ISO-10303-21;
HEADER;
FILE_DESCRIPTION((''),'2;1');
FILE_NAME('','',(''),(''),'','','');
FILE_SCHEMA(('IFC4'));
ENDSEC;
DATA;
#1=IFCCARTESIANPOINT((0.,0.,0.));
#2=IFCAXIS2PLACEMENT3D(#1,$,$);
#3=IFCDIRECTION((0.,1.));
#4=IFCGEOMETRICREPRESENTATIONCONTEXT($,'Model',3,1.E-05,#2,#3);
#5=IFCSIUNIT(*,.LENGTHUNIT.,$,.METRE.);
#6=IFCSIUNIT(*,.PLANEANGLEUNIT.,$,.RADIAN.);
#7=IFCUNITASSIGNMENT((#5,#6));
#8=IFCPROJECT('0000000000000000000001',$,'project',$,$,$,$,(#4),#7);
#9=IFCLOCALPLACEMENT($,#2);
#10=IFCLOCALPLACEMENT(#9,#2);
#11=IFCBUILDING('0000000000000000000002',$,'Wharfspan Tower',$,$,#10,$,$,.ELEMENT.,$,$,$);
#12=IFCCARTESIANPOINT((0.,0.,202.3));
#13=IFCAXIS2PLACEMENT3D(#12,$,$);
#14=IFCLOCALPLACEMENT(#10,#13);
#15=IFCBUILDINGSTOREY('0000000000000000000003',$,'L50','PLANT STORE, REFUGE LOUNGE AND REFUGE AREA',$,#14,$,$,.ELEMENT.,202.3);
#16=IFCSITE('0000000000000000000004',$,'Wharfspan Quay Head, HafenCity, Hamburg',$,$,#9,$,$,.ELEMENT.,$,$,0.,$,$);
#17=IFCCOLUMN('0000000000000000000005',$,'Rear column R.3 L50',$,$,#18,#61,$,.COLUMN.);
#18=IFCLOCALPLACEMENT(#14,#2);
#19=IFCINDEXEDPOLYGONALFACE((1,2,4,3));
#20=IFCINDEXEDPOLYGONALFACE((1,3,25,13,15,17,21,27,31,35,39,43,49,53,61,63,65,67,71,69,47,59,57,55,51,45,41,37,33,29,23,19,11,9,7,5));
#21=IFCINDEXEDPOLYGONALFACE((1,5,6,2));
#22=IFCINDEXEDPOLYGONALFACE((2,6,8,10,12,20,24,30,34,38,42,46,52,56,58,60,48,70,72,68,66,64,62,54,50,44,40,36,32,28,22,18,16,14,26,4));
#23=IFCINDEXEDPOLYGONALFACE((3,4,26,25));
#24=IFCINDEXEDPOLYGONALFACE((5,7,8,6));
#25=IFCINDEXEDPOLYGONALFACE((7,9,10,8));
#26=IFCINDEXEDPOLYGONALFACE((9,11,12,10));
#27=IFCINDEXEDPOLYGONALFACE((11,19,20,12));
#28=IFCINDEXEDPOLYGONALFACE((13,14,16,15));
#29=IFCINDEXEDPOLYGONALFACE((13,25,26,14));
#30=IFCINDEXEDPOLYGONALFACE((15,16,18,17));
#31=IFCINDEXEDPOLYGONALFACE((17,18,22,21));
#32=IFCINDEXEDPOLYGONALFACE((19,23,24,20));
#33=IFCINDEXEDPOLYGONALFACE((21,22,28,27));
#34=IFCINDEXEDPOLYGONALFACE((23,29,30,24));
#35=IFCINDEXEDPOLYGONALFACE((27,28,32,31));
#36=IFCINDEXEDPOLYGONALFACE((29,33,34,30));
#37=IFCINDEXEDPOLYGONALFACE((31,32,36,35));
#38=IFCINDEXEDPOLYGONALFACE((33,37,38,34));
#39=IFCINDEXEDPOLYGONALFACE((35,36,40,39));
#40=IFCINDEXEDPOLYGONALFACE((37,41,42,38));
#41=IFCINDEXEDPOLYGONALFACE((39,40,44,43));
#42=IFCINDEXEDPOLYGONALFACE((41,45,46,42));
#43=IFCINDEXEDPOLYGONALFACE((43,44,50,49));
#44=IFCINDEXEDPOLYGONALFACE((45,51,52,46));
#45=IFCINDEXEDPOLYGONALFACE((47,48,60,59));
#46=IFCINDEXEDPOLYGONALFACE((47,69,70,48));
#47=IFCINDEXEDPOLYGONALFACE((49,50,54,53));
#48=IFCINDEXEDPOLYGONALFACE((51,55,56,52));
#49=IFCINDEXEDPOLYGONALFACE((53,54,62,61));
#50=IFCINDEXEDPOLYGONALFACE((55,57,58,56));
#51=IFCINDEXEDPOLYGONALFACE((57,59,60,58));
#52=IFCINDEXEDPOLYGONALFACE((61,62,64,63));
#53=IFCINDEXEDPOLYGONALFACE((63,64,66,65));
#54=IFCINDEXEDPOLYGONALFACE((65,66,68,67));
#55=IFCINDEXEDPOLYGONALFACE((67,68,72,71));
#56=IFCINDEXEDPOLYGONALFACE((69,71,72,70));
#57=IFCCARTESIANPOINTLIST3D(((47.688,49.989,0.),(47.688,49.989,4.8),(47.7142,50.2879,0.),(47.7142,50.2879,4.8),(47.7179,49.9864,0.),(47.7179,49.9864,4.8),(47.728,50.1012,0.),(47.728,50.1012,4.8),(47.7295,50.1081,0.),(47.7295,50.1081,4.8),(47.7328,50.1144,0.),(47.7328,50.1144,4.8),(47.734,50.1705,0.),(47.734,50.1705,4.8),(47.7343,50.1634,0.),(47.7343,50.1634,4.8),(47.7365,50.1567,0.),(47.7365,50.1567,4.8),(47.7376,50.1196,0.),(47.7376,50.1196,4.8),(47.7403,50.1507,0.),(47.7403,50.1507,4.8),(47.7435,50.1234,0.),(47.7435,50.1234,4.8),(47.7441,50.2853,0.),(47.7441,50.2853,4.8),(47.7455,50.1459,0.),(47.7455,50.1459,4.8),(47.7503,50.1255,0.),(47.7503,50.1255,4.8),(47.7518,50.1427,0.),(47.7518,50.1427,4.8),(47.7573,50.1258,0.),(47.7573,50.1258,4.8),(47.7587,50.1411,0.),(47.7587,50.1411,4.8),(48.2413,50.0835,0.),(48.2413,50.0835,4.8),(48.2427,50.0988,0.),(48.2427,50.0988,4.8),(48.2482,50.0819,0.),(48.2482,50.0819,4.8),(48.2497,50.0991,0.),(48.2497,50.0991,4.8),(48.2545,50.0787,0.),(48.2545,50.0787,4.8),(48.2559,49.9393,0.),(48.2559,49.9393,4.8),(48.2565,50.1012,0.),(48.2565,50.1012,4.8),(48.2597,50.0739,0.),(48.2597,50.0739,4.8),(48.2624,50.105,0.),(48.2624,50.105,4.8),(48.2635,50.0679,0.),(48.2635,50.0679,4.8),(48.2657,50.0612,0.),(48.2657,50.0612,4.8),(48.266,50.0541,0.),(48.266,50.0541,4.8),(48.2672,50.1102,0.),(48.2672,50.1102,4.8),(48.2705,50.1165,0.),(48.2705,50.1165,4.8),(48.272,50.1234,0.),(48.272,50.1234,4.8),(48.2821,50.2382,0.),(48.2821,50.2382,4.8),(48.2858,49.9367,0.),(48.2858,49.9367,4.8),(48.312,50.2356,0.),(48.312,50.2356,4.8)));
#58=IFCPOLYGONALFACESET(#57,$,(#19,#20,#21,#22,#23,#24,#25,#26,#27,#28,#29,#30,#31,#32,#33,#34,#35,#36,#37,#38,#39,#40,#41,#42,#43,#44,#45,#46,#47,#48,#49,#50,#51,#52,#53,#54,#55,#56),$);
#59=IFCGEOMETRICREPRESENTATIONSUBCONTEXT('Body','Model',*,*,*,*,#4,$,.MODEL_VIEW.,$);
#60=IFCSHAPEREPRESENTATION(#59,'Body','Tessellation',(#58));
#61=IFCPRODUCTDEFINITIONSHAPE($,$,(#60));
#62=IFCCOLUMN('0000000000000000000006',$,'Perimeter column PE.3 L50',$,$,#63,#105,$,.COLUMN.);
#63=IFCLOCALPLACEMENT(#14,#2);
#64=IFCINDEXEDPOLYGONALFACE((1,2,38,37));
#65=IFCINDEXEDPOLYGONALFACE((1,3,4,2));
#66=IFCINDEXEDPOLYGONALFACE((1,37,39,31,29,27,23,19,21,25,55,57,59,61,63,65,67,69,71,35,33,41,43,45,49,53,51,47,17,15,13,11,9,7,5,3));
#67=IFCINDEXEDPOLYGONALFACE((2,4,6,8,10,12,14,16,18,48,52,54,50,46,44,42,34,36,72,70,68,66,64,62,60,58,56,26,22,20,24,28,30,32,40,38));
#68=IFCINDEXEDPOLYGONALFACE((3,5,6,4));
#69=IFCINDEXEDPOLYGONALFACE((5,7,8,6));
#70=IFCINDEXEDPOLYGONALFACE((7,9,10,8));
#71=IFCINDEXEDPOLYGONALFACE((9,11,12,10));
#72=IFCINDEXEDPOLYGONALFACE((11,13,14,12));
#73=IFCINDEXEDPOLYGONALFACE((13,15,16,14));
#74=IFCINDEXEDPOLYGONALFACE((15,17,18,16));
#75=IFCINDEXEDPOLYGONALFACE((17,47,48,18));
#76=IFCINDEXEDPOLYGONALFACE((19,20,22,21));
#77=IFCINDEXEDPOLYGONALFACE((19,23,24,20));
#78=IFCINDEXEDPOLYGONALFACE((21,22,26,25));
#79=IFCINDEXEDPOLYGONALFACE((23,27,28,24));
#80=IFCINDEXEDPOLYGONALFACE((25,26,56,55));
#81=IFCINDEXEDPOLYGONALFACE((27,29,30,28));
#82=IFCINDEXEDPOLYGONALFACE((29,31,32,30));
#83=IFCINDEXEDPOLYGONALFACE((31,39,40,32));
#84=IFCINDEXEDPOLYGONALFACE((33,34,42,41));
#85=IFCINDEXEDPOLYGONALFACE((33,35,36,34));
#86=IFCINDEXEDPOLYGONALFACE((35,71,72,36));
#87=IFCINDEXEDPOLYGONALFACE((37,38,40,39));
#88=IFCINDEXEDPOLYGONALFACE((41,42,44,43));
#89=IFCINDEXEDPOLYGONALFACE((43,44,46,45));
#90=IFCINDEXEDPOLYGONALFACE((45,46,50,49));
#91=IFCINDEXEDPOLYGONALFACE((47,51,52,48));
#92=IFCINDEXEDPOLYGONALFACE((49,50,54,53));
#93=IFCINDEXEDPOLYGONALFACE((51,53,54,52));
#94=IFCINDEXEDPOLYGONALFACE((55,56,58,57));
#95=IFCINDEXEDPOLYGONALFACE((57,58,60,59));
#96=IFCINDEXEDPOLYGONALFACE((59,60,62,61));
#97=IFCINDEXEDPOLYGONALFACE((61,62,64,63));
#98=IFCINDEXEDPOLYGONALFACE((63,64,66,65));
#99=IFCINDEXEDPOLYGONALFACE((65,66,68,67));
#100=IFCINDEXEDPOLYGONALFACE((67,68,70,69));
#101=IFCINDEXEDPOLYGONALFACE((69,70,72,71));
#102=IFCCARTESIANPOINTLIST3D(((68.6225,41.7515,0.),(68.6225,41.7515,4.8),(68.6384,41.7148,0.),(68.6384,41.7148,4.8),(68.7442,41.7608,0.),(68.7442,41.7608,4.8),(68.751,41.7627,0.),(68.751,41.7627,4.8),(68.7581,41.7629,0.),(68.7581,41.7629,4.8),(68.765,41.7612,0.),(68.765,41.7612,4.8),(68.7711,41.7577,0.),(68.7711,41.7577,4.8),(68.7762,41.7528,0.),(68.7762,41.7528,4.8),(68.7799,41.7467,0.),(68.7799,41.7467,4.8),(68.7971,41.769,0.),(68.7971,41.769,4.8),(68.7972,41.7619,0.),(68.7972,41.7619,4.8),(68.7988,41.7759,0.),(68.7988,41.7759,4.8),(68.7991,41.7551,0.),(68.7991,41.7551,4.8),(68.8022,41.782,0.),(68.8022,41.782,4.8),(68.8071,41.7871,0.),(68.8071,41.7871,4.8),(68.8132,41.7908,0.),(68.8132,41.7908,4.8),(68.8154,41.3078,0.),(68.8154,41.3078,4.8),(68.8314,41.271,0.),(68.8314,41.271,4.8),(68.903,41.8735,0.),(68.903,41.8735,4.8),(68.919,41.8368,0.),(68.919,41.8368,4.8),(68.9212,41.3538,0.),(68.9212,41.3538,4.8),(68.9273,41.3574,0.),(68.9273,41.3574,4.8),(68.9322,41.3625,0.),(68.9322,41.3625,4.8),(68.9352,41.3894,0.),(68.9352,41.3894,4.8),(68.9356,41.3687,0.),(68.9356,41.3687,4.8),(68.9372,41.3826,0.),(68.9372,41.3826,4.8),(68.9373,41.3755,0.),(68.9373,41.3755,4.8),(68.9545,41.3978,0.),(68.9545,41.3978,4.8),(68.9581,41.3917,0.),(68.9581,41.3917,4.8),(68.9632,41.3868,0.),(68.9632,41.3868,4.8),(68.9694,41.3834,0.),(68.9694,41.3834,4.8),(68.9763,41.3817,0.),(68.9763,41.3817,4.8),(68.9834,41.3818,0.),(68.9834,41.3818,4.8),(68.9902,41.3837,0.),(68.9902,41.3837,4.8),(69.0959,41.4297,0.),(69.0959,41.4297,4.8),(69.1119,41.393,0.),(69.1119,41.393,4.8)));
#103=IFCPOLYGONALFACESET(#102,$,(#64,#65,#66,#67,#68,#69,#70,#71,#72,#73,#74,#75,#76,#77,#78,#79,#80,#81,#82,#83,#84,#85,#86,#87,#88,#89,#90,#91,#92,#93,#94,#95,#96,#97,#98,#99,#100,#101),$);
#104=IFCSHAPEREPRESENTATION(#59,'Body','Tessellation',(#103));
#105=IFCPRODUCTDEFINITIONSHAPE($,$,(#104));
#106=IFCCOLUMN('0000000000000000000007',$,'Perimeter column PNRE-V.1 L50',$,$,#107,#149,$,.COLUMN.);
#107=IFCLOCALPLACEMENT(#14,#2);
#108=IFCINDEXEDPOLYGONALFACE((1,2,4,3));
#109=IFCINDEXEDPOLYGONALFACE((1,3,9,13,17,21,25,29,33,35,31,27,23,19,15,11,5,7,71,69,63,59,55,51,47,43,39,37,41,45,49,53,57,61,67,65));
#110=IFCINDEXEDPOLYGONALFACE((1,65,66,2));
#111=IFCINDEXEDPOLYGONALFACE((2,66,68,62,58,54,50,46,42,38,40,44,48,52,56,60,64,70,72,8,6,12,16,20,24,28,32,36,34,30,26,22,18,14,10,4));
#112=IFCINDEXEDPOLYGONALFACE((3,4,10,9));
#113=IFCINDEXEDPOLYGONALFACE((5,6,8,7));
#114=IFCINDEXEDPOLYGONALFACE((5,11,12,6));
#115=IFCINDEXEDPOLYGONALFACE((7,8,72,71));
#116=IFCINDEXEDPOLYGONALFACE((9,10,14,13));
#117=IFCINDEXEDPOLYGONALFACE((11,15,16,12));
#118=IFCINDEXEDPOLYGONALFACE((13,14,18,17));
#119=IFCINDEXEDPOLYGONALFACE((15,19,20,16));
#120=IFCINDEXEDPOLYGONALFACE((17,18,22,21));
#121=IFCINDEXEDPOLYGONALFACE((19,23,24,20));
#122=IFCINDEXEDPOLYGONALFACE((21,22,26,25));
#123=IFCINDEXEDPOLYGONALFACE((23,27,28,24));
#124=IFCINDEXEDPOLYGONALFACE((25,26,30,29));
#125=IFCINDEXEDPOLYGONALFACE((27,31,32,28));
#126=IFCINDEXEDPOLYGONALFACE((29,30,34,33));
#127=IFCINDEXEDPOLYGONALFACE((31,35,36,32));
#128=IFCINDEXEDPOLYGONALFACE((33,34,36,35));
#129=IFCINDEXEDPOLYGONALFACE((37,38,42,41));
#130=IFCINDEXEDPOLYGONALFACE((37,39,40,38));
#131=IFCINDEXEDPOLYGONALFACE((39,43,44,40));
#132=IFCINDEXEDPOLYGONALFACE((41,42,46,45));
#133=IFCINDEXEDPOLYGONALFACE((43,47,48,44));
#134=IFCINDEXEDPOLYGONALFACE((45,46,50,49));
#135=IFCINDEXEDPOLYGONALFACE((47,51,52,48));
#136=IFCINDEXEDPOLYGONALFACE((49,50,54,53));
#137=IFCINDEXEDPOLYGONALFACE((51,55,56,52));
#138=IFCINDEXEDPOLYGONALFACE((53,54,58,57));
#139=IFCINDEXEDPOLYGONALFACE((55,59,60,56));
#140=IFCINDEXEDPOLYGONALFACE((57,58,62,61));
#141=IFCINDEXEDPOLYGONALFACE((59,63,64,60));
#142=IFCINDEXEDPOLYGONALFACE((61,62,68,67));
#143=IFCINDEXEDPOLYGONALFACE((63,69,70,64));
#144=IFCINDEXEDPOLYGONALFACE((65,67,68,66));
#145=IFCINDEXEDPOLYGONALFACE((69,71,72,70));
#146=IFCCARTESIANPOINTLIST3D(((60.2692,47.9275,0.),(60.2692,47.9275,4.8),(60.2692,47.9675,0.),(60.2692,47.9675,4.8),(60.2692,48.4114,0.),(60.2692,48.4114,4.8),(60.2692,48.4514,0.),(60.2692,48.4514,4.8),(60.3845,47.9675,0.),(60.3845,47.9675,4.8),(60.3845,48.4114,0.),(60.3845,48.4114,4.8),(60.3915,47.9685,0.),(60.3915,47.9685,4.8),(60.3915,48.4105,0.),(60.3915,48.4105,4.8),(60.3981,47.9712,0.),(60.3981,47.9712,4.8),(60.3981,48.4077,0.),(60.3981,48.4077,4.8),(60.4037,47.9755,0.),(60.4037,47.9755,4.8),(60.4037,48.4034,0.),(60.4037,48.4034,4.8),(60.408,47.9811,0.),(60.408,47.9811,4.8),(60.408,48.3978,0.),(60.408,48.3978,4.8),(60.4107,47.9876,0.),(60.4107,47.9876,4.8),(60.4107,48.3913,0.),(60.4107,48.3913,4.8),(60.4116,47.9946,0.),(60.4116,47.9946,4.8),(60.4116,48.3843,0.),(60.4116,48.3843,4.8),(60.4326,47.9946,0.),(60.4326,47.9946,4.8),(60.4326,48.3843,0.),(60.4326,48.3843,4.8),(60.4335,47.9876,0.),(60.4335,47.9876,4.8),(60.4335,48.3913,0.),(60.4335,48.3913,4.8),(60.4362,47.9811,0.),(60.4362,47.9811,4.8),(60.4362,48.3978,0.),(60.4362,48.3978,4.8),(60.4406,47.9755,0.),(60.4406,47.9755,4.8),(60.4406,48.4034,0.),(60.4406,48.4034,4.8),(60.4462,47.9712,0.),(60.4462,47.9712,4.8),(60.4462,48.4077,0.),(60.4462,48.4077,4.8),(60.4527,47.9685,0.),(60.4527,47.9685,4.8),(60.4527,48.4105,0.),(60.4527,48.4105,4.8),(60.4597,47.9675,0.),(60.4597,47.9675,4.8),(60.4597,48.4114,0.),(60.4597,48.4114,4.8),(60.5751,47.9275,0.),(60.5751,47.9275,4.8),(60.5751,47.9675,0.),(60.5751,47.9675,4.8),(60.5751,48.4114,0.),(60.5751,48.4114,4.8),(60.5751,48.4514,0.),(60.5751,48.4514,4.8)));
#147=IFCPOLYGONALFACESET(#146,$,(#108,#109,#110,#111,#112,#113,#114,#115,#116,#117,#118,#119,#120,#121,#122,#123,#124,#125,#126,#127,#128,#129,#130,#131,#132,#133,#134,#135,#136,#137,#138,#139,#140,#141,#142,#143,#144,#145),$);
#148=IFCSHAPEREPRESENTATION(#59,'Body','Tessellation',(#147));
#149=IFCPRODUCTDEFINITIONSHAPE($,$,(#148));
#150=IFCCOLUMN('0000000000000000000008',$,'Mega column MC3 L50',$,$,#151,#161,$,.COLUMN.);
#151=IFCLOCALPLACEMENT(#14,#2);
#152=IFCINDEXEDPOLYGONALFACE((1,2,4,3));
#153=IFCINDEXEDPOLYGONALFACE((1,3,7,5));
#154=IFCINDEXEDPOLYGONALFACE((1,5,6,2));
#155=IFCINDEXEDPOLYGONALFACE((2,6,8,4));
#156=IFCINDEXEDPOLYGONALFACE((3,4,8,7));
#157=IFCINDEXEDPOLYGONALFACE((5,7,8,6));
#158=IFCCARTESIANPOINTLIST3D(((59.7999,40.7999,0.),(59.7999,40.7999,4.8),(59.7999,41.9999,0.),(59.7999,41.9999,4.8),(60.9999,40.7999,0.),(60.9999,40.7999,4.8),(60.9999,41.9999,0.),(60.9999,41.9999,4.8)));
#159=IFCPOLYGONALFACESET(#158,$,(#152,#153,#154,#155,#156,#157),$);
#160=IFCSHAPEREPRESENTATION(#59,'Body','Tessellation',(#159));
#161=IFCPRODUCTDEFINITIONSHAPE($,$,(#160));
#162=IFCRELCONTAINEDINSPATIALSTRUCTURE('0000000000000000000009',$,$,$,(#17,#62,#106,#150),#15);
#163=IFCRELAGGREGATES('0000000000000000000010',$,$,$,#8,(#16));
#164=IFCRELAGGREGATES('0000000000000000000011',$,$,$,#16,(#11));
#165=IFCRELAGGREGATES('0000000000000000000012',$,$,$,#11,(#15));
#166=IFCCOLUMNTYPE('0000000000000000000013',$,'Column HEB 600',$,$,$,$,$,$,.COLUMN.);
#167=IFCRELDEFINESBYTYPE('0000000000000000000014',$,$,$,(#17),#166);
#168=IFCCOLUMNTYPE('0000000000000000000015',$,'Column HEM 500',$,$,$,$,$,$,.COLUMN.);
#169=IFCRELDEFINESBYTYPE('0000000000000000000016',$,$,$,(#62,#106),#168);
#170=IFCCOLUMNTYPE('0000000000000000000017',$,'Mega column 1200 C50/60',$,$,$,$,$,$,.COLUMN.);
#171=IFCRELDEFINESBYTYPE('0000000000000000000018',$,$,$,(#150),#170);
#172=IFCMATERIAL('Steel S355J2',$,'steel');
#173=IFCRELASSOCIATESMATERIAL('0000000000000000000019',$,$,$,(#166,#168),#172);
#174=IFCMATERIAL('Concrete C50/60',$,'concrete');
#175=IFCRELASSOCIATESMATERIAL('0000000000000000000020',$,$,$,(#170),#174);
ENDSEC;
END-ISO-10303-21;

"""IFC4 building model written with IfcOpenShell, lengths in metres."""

from ifc_helpers import new_model, si_unit, direction, frame, origin, origin_2d, place, context, subcontext, project, spatial, rectangle, i_section, extrude, material, material_profile, profile_set, type_object, element, save


model = new_model("IFC4")

# Units and contexts
model_context = context("Model", 3, precision=1e-05, world=origin(), true_north=direction((0.0, 1.0)))
body_context = subcontext(model_context, "Body", "Model", "MODEL_VIEW")
ifc_project = project(units=[si_unit("LENGTHUNIT", "METRE"), si_unit("PLANEANGLEUNIT", "RADIAN")], contexts=[model_context])

# Site, building, storey
site_placement = place(None, origin())
site = spatial("IfcSite", under=ifc_project, at=site_placement, Name="Wharfspan Quay Head, HafenCity, Hamburg", CompositionType="ELEMENT", RefElevation=0.0)
building_placement = place(site_placement, origin())
building = spatial("IfcBuilding", under=site, at=building_placement, Name="Wharfspan Tower", CompositionType="ELEMENT")
storey_placement = place(building_placement, frame((0.0, 0.0, 202.3)))
storey = spatial("IfcBuildingStorey", under=building, at=storey_placement, Name="L50", Description="PLANT STORE, REFUGE LOUNGE AND REFUGE AREA", CompositionType="ELEMENT", Elevation=202.3)

# Columns
ifc_material_1 = material(Name="Steel S355J2", Category="steel")
ifc_material_profile_1 = material_profile(ifc_material_1, i_section(OverallWidth=0.3, OverallDepth=0.6001, WebThickness=0.0154, FlangeThickness=0.03, FilletRadius=0.0271, at=origin_2d()))
ifc_profile_set_1 = profile_set([ifc_material_profile_1], Name="Steel S355J2")
column_type_1 = type_object("IfcColumnType", Name="Column HEB 600", PredefinedType="COLUMN", material=ifc_profile_set_1)
column_1_placement = place(storey_placement, frame((48.0, 50.1123, 0.0), z_axis=(0.0, 0.0, 1.0), x_axis=(0.087156, 0.996198, 0.0)))
element("IfcColumn", 1, at=column_1_placement, inside=storey, type_object=column_type_1, Name="Rear column R.3 L50", PredefinedType="COLUMN", context=body_context, shape_type="SweptSolid", body=[
    extrude(i_section(OverallWidth=0.3, OverallDepth=0.6001, WebThickness=0.0154, FlangeThickness=0.03, FilletRadius=0.0271, at=origin_2d()), origin(), (0.0, 0.0, 1.0), 4.8),
])
ifc_material_profile_2 = material_profile(ifc_material_1, i_section(OverallWidth=0.3059, OverallDepth=0.5239, WebThickness=0.021, FlangeThickness=0.04, FilletRadius=0.0271, at=origin_2d()))
ifc_profile_set_2 = profile_set([ifc_material_profile_2], Name="Steel S355J2")
column_type_2 = type_object("IfcColumnType", Name="Column HEM 500", PredefinedType="COLUMN", material=ifc_profile_set_2)
for number, where, z_axis, x_axis, name in (
    (2, (68.8672, 41.5723, 0.0), (0.0, 0.0, 1.0), (0.917072, 0.398727, 0.0), "Perimeter column PE.3 L50"),
    (3, (60.4221, 48.1895, 0.0), (0.0, 0.0, 1.0), (1.0, 0.0, 0.0), "Perimeter column PNRE-V.1 L50"),
):
    element("IfcColumn", number, at=place(storey_placement, frame(where, z_axis=z_axis, x_axis=x_axis)), inside=storey, type_object=column_type_2, Name=name, PredefinedType="COLUMN", context=body_context, shape_type="SweptSolid", body=[
        extrude(i_section(OverallWidth=0.3059, OverallDepth=0.5239, WebThickness=0.021, FlangeThickness=0.04, FilletRadius=0.0271, at=origin_2d()), origin(), (0.0, 0.0, 1.0), 4.8),
    ])
ifc_material_2 = material(Name="Concrete C50/60", Category="concrete")
ifc_material_profile_3 = material_profile(ifc_material_2, rectangle(XDim=1.2, YDim=1.2, at=origin_2d()))
ifc_profile_set_3 = profile_set([ifc_material_profile_3], Name="Concrete C50/60")
column_type_3 = type_object("IfcColumnType", Name="Mega column 1200 C50/60", PredefinedType="COLUMN", material=ifc_profile_set_3)
column_2_placement = place(storey_placement, frame((60.3999, 41.3999, 0.0), z_axis=(0.0, 0.0, 1.0), x_axis=(1.0, 0.0, 0.0)))
element("IfcColumn", 4, at=column_2_placement, inside=storey, type_object=column_type_3, Name="Mega column MC3 L50", PredefinedType="COLUMN", context=body_context, shape_type="SweptSolid", body=[
    extrude(rectangle(XDim=1.2, YDim=1.2, at=origin_2d()), origin(), (0.0, 0.0, 1.0), 4.8),
])

save(model, "model.ifc")
